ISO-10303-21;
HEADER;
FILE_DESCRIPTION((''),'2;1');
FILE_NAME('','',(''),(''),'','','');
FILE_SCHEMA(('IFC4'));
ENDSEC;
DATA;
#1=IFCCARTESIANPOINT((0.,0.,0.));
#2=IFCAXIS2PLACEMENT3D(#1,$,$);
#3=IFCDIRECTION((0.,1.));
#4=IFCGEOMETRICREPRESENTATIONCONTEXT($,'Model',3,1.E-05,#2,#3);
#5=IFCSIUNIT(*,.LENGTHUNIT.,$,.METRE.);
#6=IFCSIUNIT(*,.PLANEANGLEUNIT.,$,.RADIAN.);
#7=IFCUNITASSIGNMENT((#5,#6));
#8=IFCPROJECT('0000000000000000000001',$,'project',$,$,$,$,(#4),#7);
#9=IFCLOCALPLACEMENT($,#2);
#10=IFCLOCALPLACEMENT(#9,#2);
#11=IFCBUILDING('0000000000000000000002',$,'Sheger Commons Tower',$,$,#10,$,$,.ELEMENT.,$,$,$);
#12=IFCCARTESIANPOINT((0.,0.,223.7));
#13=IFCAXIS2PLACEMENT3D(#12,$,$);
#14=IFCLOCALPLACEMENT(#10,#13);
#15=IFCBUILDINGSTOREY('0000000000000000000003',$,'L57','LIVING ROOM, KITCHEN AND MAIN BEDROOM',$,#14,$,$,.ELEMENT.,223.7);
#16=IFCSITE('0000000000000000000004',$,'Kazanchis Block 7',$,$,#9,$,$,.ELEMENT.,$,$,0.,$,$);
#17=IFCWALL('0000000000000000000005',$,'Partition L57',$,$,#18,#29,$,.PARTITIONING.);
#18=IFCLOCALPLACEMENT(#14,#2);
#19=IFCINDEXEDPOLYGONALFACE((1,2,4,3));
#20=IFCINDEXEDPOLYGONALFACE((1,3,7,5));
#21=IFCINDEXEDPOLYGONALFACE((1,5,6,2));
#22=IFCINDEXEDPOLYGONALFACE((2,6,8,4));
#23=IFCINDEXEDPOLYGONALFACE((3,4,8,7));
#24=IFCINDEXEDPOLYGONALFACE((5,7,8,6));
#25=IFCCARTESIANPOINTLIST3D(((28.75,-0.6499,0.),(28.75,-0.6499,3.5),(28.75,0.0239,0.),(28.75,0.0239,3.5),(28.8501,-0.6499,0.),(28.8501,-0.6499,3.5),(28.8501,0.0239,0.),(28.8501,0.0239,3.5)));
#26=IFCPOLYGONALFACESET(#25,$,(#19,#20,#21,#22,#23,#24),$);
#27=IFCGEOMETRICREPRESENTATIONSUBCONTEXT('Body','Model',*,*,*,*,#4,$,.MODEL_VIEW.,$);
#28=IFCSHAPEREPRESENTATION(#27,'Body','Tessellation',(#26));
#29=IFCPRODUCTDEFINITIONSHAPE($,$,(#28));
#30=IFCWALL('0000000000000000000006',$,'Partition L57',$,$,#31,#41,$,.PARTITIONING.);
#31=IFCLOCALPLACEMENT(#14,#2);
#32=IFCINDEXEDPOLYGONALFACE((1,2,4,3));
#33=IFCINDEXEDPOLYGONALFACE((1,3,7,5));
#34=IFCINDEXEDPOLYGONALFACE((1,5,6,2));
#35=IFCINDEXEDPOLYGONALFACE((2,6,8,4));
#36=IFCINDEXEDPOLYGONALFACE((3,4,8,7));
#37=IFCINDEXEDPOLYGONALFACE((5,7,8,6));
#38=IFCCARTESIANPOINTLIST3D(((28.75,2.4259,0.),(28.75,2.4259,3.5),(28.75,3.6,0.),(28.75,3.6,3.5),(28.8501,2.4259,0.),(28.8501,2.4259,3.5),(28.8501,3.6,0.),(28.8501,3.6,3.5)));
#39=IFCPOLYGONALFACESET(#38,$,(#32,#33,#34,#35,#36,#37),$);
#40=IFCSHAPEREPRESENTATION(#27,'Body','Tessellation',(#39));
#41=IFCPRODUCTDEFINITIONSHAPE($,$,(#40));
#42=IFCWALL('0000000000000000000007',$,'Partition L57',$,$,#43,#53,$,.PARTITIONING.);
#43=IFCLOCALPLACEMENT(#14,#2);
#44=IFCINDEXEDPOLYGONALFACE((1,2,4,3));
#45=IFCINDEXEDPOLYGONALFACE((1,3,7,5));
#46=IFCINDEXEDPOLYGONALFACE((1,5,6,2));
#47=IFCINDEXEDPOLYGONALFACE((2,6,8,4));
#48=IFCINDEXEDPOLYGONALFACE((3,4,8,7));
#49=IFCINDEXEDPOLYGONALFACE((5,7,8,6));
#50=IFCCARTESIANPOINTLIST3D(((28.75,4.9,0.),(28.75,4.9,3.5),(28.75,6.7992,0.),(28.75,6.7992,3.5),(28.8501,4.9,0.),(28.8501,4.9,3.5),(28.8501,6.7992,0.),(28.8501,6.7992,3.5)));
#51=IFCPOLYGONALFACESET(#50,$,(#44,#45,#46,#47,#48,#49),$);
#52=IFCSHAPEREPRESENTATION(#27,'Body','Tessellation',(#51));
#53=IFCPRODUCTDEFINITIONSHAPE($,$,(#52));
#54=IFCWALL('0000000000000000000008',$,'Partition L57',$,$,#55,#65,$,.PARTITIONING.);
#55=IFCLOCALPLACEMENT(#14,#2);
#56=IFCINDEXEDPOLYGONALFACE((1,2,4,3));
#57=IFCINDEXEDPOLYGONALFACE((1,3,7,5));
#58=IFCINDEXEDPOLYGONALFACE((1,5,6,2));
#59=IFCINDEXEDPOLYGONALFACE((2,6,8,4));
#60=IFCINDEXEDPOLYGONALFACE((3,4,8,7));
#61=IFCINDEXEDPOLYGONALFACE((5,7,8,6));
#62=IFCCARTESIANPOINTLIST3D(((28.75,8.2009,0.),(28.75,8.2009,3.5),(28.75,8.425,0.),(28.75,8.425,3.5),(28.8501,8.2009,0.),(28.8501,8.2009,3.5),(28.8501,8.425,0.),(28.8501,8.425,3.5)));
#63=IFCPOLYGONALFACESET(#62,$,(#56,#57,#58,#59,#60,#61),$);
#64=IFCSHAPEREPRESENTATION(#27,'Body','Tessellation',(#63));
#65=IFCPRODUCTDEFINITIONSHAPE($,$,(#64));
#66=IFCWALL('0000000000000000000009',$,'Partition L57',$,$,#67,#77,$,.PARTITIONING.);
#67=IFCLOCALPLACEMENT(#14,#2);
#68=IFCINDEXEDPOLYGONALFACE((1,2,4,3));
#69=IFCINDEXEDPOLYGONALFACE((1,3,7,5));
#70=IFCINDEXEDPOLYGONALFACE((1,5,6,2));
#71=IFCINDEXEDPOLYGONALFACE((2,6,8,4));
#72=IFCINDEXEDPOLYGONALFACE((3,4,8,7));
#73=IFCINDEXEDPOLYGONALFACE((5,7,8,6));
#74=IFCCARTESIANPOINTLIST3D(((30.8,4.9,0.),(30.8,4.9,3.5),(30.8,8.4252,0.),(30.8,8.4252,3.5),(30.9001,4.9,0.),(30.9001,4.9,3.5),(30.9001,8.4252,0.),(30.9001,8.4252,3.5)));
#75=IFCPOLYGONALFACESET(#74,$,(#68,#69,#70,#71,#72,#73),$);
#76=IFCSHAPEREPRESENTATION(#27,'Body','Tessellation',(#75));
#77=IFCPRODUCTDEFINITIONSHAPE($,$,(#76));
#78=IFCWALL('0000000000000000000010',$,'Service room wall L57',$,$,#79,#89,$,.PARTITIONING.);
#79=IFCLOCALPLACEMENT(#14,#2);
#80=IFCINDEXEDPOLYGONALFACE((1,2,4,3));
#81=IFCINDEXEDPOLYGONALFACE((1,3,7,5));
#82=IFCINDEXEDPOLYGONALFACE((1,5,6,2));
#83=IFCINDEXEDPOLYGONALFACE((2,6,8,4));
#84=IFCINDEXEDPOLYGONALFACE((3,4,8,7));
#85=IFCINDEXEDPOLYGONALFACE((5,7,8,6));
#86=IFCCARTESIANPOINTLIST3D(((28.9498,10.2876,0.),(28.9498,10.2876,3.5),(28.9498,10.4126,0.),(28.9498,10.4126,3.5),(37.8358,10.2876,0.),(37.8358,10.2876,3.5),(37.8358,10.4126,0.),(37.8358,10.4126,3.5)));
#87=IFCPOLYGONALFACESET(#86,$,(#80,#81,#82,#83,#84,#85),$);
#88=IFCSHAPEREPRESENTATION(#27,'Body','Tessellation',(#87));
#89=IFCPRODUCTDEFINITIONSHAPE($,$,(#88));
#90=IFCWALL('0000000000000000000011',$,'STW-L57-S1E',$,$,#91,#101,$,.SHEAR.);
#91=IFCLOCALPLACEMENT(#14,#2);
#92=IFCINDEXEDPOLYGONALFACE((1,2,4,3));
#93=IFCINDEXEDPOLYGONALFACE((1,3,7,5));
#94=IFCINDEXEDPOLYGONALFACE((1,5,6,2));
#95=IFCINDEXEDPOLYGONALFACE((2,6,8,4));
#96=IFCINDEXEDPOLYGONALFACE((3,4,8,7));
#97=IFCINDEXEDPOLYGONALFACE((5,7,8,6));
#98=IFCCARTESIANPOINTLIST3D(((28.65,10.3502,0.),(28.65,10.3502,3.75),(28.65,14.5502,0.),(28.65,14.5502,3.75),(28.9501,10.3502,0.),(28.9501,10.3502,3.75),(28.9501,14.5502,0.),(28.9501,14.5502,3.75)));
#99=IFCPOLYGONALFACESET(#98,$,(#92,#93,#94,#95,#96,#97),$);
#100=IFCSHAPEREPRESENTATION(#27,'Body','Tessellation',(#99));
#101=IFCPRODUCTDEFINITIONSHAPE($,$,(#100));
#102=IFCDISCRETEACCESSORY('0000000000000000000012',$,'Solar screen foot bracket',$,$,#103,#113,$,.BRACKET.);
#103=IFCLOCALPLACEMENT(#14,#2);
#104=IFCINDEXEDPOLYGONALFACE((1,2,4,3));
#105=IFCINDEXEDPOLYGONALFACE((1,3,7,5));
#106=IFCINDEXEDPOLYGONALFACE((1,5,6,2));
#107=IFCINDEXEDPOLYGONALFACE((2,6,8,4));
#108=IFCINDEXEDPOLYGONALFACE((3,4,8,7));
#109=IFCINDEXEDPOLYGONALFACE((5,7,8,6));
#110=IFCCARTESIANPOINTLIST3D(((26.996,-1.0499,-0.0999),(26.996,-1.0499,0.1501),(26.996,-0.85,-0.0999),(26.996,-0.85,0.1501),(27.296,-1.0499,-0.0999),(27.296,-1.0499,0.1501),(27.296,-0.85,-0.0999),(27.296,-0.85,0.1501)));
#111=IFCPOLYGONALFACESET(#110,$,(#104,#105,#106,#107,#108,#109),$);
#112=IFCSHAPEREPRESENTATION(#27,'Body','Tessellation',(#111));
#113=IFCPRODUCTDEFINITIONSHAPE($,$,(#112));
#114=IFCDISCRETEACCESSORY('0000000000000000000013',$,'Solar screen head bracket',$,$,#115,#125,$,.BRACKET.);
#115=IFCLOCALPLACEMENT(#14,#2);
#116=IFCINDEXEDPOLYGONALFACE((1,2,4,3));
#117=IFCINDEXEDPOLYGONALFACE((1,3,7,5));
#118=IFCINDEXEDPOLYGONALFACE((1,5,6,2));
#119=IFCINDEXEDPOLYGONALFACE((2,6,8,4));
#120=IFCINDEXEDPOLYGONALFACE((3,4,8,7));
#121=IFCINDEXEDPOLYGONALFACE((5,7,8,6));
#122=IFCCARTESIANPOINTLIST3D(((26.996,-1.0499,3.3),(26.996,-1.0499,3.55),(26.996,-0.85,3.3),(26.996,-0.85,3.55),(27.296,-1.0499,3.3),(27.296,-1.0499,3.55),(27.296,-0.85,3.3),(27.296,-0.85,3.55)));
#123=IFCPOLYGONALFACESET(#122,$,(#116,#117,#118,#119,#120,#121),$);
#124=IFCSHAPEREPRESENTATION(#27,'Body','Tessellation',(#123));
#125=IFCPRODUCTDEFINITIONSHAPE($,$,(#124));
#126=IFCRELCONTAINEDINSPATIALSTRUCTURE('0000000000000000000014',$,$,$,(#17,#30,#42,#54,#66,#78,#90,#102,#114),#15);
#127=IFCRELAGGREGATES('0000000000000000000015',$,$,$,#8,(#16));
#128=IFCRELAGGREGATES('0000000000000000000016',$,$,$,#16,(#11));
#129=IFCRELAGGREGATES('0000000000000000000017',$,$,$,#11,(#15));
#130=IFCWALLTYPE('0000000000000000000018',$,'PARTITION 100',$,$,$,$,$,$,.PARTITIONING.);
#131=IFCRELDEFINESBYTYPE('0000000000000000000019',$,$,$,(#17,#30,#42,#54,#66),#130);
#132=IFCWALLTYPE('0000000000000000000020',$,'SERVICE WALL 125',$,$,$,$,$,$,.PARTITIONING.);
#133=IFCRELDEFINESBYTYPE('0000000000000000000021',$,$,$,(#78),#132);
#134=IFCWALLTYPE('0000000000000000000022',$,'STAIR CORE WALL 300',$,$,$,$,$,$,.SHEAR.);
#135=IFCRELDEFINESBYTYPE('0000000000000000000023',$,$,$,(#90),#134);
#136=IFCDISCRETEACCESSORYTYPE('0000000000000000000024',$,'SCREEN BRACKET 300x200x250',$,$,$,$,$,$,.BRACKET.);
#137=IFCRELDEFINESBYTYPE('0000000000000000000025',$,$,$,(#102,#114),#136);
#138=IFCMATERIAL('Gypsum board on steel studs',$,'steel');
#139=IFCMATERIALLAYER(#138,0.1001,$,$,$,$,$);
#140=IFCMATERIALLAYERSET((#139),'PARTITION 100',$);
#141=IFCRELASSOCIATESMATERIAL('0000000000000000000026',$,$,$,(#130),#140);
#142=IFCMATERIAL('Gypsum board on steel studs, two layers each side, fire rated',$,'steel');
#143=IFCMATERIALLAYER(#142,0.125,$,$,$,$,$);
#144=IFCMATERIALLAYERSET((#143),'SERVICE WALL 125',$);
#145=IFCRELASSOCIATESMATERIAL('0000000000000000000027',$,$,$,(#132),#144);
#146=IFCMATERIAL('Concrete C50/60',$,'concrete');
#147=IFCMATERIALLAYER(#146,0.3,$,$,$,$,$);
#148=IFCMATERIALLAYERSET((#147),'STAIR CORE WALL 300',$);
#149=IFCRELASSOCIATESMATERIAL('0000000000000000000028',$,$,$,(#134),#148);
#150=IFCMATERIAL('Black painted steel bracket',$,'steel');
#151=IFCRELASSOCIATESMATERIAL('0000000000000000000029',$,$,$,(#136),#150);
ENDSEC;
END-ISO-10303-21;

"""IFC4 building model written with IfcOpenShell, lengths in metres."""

from ifc_helpers import new_model, si_unit, direction, frame, frame_2d, origin, origin_2d, place, context, subcontext, project, spatial, rectangle, extrude, material, layer, layer_set, type_object, element, save


model = new_model("IFC4")

# Units and contexts
model_context = context("Model", 3, precision=1e-05, world=origin(), true_north=direction((0.0, 1.0)))
body_context = subcontext(model_context, "Body", "Model", "MODEL_VIEW")
ifc_project = project(units=[si_unit("LENGTHUNIT", "METRE"), si_unit("PLANEANGLEUNIT", "RADIAN")], contexts=[model_context])

# Site, building, storey
site_placement = place(None, origin())
site = spatial("IfcSite", under=ifc_project, at=site_placement, Name="Kazanchis Block 7", CompositionType="ELEMENT", RefElevation=0.0)
building_placement = place(site_placement, origin())
building = spatial("IfcBuilding", under=site, at=building_placement, Name="Sheger Commons Tower", CompositionType="ELEMENT")
storey_placement = place(building_placement, frame((0.0, 0.0, 223.7)))
storey = spatial("IfcBuildingStorey", under=building, at=storey_placement, Name="L57", Description="LIVING ROOM, KITCHEN AND MAIN BEDROOM", CompositionType="ELEMENT", Elevation=223.7)

# Shared definitions
ifc_material_1 = material(Name="Gypsum board on steel studs", Category="steel")
ifc_layer_1 = layer(ifc_material_1, 0.1001)
ifc_layer_set_1 = layer_set([ifc_layer_1], Name="PARTITION 100")
wall_type_1 = type_object("IfcWallType", Name="PARTITION 100", PredefinedType="PARTITIONING", material=ifc_layer_set_1)

# Walls
wall_1_placement = place(storey_placement, frame((28.8, -0.6499, 0.0), z_axis=(0.0, 0.0, 1.0), x_axis=(0.0, 1.0, 0.0)))
element("IfcWall", 1, at=wall_1_placement, inside=storey, type_object=wall_type_1, Name="Partition L57", PredefinedType="PARTITIONING", context=body_context, shape_type="SweptSolid", body=[
    extrude(rectangle(XDim=0.6738, YDim=0.1001, at=frame_2d((0.3369, 0.0))), origin(), (0.0, 0.0, 1.0), 3.5),
])
wall_2_placement = place(storey_placement, frame((28.8, 2.426, 0.0), z_axis=(0.0, 0.0, 1.0), x_axis=(0.0, 1.0, 0.0)))
element("IfcWall", 2, at=wall_2_placement, inside=storey, type_object=wall_type_1, Name="Partition L57", PredefinedType="PARTITIONING", context=body_context, shape_type="SweptSolid", body=[
    extrude(rectangle(XDim=1.1741, YDim=0.1001, at=frame_2d((0.5869, 0.0))), origin(), (0.0, 0.0, 1.0), 3.5),
])
wall_3_placement = place(storey_placement, frame((28.8, 4.8999, 0.0), z_axis=(0.0, 0.0, 1.0), x_axis=(0.0, 1.0, 0.0)))
element("IfcWall", 3, at=wall_3_placement, inside=storey, type_object=wall_type_1, Name="Partition L57", PredefinedType="PARTITIONING", context=body_context, shape_type="SweptSolid", body=[
    extrude(rectangle(XDim=1.8992, YDim=0.1001, at=frame_2d((0.9497, 0.0))), origin(), (0.0, 0.0, 1.0), 3.5),
])
wall_4_placement = place(storey_placement, frame((28.8, 8.2009, 0.0), z_axis=(0.0, 0.0, 1.0), x_axis=(0.0, 1.0, 0.0)))
element("IfcWall", 4, at=wall_4_placement, inside=storey, type_object=wall_type_1, Name="Partition L57", PredefinedType="PARTITIONING", context=body_context, shape_type="SweptSolid", body=[
    extrude(rectangle(XDim=0.2241, YDim=0.1001, at=frame_2d((0.1121, 0.0))), origin(), (0.0, 0.0, 1.0), 3.5),
])
wall_5_placement = place(storey_placement, frame((30.8501, 4.8999, 0.0), z_axis=(0.0, 0.0, 1.0), x_axis=(0.0, 1.0, 0.0)))
element("IfcWall", 5, at=wall_5_placement, inside=storey, type_object=wall_type_1, Name="Partition L57", PredefinedType="PARTITIONING", context=body_context, shape_type="SweptSolid", body=[
    extrude(rectangle(XDim=3.5251, YDim=0.1001, at=frame_2d((1.7627, 0.0))), origin(), (0.0, 0.0, 1.0), 3.5),
])
ifc_material_2 = material(Name="Gypsum board on steel studs, two layers each side, fire rated", Category="steel")
ifc_layer_2 = layer(ifc_material_2, 0.125)
ifc_layer_set_2 = layer_set([ifc_layer_2], Name="SERVICE WALL 125")
wall_type_2 = type_object("IfcWallType", Name="SERVICE WALL 125", PredefinedType="PARTITIONING", material=ifc_layer_set_2)
wall_6_placement = place(storey_placement, frame((28.95, 10.3501, 0.0), z_axis=(0.0, 0.0, 1.0), x_axis=(1.0, 0.0, 0.0)))
element("IfcWall", 6, at=wall_6_placement, inside=storey, type_object=wall_type_2, Name="Service room wall L57", PredefinedType="PARTITIONING", context=body_context, shape_type="SweptSolid", body=[
    extrude(rectangle(XDim=8.886, YDim=0.125, at=frame_2d((4.4429, 0.0))), origin(), (0.0, 0.0, 1.0), 3.5),
])
ifc_material_3 = material(Name="Concrete C50/60", Category="concrete")
ifc_layer_3 = layer(ifc_material_3, 0.3)
ifc_layer_set_3 = layer_set([ifc_layer_3], Name="STAIR CORE WALL 300")
wall_type_3 = type_object("IfcWallType", Name="STAIR CORE WALL 300", PredefinedType="SHEAR", material=ifc_layer_set_3)
wall_7_placement = place(storey_placement, frame((28.8, 10.3501, 0.0), z_axis=(0.0, 0.0, 1.0), x_axis=(0.0, 1.0, 0.0)))
element("IfcWall", 7, at=wall_7_placement, inside=storey, type_object=wall_type_3, Name="STW-L57-S1E", PredefinedType="SHEAR", context=body_context, shape_type="SweptSolid", body=[
    extrude(rectangle(XDim=4.2, YDim=0.3, at=frame_2d((2.1001, 0.0))), origin(), (0.0, 0.0, 1.0), 3.75),
])

# Discrete accessories
ifc_material_4 = material(Name="Black painted steel bracket", Category="steel")
discrete_accessory_type = type_object("IfcDiscreteAccessoryType", Name="SCREEN BRACKET 300x200x250", PredefinedType="BRACKET", material=ifc_material_4)
for number, where, z_axis, x_axis, name in (
    (8, (27.146, -0.95, -0.0999), (0.0, 0.0, 1.0), (1.0, 0.0, 0.0), "Solar screen foot bracket"),
    (9, (27.146, -0.95, 3.3), (0.0, 0.0, 1.0), (1.0, 0.0, 0.0), "Solar screen head bracket"),
):
    element("IfcDiscreteAccessory", number, at=place(storey_placement, frame(where, z_axis=z_axis, x_axis=x_axis)), inside=storey, type_object=discrete_accessory_type, Name=name, PredefinedType="BRACKET", context=body_context, shape_type="SweptSolid", body=[
        extrude(rectangle(XDim=0.3, YDim=0.2, at=origin_2d()), origin(), (0.0, 0.0, 1.0), 0.25),
    ])

save(model, "model.ifc")
